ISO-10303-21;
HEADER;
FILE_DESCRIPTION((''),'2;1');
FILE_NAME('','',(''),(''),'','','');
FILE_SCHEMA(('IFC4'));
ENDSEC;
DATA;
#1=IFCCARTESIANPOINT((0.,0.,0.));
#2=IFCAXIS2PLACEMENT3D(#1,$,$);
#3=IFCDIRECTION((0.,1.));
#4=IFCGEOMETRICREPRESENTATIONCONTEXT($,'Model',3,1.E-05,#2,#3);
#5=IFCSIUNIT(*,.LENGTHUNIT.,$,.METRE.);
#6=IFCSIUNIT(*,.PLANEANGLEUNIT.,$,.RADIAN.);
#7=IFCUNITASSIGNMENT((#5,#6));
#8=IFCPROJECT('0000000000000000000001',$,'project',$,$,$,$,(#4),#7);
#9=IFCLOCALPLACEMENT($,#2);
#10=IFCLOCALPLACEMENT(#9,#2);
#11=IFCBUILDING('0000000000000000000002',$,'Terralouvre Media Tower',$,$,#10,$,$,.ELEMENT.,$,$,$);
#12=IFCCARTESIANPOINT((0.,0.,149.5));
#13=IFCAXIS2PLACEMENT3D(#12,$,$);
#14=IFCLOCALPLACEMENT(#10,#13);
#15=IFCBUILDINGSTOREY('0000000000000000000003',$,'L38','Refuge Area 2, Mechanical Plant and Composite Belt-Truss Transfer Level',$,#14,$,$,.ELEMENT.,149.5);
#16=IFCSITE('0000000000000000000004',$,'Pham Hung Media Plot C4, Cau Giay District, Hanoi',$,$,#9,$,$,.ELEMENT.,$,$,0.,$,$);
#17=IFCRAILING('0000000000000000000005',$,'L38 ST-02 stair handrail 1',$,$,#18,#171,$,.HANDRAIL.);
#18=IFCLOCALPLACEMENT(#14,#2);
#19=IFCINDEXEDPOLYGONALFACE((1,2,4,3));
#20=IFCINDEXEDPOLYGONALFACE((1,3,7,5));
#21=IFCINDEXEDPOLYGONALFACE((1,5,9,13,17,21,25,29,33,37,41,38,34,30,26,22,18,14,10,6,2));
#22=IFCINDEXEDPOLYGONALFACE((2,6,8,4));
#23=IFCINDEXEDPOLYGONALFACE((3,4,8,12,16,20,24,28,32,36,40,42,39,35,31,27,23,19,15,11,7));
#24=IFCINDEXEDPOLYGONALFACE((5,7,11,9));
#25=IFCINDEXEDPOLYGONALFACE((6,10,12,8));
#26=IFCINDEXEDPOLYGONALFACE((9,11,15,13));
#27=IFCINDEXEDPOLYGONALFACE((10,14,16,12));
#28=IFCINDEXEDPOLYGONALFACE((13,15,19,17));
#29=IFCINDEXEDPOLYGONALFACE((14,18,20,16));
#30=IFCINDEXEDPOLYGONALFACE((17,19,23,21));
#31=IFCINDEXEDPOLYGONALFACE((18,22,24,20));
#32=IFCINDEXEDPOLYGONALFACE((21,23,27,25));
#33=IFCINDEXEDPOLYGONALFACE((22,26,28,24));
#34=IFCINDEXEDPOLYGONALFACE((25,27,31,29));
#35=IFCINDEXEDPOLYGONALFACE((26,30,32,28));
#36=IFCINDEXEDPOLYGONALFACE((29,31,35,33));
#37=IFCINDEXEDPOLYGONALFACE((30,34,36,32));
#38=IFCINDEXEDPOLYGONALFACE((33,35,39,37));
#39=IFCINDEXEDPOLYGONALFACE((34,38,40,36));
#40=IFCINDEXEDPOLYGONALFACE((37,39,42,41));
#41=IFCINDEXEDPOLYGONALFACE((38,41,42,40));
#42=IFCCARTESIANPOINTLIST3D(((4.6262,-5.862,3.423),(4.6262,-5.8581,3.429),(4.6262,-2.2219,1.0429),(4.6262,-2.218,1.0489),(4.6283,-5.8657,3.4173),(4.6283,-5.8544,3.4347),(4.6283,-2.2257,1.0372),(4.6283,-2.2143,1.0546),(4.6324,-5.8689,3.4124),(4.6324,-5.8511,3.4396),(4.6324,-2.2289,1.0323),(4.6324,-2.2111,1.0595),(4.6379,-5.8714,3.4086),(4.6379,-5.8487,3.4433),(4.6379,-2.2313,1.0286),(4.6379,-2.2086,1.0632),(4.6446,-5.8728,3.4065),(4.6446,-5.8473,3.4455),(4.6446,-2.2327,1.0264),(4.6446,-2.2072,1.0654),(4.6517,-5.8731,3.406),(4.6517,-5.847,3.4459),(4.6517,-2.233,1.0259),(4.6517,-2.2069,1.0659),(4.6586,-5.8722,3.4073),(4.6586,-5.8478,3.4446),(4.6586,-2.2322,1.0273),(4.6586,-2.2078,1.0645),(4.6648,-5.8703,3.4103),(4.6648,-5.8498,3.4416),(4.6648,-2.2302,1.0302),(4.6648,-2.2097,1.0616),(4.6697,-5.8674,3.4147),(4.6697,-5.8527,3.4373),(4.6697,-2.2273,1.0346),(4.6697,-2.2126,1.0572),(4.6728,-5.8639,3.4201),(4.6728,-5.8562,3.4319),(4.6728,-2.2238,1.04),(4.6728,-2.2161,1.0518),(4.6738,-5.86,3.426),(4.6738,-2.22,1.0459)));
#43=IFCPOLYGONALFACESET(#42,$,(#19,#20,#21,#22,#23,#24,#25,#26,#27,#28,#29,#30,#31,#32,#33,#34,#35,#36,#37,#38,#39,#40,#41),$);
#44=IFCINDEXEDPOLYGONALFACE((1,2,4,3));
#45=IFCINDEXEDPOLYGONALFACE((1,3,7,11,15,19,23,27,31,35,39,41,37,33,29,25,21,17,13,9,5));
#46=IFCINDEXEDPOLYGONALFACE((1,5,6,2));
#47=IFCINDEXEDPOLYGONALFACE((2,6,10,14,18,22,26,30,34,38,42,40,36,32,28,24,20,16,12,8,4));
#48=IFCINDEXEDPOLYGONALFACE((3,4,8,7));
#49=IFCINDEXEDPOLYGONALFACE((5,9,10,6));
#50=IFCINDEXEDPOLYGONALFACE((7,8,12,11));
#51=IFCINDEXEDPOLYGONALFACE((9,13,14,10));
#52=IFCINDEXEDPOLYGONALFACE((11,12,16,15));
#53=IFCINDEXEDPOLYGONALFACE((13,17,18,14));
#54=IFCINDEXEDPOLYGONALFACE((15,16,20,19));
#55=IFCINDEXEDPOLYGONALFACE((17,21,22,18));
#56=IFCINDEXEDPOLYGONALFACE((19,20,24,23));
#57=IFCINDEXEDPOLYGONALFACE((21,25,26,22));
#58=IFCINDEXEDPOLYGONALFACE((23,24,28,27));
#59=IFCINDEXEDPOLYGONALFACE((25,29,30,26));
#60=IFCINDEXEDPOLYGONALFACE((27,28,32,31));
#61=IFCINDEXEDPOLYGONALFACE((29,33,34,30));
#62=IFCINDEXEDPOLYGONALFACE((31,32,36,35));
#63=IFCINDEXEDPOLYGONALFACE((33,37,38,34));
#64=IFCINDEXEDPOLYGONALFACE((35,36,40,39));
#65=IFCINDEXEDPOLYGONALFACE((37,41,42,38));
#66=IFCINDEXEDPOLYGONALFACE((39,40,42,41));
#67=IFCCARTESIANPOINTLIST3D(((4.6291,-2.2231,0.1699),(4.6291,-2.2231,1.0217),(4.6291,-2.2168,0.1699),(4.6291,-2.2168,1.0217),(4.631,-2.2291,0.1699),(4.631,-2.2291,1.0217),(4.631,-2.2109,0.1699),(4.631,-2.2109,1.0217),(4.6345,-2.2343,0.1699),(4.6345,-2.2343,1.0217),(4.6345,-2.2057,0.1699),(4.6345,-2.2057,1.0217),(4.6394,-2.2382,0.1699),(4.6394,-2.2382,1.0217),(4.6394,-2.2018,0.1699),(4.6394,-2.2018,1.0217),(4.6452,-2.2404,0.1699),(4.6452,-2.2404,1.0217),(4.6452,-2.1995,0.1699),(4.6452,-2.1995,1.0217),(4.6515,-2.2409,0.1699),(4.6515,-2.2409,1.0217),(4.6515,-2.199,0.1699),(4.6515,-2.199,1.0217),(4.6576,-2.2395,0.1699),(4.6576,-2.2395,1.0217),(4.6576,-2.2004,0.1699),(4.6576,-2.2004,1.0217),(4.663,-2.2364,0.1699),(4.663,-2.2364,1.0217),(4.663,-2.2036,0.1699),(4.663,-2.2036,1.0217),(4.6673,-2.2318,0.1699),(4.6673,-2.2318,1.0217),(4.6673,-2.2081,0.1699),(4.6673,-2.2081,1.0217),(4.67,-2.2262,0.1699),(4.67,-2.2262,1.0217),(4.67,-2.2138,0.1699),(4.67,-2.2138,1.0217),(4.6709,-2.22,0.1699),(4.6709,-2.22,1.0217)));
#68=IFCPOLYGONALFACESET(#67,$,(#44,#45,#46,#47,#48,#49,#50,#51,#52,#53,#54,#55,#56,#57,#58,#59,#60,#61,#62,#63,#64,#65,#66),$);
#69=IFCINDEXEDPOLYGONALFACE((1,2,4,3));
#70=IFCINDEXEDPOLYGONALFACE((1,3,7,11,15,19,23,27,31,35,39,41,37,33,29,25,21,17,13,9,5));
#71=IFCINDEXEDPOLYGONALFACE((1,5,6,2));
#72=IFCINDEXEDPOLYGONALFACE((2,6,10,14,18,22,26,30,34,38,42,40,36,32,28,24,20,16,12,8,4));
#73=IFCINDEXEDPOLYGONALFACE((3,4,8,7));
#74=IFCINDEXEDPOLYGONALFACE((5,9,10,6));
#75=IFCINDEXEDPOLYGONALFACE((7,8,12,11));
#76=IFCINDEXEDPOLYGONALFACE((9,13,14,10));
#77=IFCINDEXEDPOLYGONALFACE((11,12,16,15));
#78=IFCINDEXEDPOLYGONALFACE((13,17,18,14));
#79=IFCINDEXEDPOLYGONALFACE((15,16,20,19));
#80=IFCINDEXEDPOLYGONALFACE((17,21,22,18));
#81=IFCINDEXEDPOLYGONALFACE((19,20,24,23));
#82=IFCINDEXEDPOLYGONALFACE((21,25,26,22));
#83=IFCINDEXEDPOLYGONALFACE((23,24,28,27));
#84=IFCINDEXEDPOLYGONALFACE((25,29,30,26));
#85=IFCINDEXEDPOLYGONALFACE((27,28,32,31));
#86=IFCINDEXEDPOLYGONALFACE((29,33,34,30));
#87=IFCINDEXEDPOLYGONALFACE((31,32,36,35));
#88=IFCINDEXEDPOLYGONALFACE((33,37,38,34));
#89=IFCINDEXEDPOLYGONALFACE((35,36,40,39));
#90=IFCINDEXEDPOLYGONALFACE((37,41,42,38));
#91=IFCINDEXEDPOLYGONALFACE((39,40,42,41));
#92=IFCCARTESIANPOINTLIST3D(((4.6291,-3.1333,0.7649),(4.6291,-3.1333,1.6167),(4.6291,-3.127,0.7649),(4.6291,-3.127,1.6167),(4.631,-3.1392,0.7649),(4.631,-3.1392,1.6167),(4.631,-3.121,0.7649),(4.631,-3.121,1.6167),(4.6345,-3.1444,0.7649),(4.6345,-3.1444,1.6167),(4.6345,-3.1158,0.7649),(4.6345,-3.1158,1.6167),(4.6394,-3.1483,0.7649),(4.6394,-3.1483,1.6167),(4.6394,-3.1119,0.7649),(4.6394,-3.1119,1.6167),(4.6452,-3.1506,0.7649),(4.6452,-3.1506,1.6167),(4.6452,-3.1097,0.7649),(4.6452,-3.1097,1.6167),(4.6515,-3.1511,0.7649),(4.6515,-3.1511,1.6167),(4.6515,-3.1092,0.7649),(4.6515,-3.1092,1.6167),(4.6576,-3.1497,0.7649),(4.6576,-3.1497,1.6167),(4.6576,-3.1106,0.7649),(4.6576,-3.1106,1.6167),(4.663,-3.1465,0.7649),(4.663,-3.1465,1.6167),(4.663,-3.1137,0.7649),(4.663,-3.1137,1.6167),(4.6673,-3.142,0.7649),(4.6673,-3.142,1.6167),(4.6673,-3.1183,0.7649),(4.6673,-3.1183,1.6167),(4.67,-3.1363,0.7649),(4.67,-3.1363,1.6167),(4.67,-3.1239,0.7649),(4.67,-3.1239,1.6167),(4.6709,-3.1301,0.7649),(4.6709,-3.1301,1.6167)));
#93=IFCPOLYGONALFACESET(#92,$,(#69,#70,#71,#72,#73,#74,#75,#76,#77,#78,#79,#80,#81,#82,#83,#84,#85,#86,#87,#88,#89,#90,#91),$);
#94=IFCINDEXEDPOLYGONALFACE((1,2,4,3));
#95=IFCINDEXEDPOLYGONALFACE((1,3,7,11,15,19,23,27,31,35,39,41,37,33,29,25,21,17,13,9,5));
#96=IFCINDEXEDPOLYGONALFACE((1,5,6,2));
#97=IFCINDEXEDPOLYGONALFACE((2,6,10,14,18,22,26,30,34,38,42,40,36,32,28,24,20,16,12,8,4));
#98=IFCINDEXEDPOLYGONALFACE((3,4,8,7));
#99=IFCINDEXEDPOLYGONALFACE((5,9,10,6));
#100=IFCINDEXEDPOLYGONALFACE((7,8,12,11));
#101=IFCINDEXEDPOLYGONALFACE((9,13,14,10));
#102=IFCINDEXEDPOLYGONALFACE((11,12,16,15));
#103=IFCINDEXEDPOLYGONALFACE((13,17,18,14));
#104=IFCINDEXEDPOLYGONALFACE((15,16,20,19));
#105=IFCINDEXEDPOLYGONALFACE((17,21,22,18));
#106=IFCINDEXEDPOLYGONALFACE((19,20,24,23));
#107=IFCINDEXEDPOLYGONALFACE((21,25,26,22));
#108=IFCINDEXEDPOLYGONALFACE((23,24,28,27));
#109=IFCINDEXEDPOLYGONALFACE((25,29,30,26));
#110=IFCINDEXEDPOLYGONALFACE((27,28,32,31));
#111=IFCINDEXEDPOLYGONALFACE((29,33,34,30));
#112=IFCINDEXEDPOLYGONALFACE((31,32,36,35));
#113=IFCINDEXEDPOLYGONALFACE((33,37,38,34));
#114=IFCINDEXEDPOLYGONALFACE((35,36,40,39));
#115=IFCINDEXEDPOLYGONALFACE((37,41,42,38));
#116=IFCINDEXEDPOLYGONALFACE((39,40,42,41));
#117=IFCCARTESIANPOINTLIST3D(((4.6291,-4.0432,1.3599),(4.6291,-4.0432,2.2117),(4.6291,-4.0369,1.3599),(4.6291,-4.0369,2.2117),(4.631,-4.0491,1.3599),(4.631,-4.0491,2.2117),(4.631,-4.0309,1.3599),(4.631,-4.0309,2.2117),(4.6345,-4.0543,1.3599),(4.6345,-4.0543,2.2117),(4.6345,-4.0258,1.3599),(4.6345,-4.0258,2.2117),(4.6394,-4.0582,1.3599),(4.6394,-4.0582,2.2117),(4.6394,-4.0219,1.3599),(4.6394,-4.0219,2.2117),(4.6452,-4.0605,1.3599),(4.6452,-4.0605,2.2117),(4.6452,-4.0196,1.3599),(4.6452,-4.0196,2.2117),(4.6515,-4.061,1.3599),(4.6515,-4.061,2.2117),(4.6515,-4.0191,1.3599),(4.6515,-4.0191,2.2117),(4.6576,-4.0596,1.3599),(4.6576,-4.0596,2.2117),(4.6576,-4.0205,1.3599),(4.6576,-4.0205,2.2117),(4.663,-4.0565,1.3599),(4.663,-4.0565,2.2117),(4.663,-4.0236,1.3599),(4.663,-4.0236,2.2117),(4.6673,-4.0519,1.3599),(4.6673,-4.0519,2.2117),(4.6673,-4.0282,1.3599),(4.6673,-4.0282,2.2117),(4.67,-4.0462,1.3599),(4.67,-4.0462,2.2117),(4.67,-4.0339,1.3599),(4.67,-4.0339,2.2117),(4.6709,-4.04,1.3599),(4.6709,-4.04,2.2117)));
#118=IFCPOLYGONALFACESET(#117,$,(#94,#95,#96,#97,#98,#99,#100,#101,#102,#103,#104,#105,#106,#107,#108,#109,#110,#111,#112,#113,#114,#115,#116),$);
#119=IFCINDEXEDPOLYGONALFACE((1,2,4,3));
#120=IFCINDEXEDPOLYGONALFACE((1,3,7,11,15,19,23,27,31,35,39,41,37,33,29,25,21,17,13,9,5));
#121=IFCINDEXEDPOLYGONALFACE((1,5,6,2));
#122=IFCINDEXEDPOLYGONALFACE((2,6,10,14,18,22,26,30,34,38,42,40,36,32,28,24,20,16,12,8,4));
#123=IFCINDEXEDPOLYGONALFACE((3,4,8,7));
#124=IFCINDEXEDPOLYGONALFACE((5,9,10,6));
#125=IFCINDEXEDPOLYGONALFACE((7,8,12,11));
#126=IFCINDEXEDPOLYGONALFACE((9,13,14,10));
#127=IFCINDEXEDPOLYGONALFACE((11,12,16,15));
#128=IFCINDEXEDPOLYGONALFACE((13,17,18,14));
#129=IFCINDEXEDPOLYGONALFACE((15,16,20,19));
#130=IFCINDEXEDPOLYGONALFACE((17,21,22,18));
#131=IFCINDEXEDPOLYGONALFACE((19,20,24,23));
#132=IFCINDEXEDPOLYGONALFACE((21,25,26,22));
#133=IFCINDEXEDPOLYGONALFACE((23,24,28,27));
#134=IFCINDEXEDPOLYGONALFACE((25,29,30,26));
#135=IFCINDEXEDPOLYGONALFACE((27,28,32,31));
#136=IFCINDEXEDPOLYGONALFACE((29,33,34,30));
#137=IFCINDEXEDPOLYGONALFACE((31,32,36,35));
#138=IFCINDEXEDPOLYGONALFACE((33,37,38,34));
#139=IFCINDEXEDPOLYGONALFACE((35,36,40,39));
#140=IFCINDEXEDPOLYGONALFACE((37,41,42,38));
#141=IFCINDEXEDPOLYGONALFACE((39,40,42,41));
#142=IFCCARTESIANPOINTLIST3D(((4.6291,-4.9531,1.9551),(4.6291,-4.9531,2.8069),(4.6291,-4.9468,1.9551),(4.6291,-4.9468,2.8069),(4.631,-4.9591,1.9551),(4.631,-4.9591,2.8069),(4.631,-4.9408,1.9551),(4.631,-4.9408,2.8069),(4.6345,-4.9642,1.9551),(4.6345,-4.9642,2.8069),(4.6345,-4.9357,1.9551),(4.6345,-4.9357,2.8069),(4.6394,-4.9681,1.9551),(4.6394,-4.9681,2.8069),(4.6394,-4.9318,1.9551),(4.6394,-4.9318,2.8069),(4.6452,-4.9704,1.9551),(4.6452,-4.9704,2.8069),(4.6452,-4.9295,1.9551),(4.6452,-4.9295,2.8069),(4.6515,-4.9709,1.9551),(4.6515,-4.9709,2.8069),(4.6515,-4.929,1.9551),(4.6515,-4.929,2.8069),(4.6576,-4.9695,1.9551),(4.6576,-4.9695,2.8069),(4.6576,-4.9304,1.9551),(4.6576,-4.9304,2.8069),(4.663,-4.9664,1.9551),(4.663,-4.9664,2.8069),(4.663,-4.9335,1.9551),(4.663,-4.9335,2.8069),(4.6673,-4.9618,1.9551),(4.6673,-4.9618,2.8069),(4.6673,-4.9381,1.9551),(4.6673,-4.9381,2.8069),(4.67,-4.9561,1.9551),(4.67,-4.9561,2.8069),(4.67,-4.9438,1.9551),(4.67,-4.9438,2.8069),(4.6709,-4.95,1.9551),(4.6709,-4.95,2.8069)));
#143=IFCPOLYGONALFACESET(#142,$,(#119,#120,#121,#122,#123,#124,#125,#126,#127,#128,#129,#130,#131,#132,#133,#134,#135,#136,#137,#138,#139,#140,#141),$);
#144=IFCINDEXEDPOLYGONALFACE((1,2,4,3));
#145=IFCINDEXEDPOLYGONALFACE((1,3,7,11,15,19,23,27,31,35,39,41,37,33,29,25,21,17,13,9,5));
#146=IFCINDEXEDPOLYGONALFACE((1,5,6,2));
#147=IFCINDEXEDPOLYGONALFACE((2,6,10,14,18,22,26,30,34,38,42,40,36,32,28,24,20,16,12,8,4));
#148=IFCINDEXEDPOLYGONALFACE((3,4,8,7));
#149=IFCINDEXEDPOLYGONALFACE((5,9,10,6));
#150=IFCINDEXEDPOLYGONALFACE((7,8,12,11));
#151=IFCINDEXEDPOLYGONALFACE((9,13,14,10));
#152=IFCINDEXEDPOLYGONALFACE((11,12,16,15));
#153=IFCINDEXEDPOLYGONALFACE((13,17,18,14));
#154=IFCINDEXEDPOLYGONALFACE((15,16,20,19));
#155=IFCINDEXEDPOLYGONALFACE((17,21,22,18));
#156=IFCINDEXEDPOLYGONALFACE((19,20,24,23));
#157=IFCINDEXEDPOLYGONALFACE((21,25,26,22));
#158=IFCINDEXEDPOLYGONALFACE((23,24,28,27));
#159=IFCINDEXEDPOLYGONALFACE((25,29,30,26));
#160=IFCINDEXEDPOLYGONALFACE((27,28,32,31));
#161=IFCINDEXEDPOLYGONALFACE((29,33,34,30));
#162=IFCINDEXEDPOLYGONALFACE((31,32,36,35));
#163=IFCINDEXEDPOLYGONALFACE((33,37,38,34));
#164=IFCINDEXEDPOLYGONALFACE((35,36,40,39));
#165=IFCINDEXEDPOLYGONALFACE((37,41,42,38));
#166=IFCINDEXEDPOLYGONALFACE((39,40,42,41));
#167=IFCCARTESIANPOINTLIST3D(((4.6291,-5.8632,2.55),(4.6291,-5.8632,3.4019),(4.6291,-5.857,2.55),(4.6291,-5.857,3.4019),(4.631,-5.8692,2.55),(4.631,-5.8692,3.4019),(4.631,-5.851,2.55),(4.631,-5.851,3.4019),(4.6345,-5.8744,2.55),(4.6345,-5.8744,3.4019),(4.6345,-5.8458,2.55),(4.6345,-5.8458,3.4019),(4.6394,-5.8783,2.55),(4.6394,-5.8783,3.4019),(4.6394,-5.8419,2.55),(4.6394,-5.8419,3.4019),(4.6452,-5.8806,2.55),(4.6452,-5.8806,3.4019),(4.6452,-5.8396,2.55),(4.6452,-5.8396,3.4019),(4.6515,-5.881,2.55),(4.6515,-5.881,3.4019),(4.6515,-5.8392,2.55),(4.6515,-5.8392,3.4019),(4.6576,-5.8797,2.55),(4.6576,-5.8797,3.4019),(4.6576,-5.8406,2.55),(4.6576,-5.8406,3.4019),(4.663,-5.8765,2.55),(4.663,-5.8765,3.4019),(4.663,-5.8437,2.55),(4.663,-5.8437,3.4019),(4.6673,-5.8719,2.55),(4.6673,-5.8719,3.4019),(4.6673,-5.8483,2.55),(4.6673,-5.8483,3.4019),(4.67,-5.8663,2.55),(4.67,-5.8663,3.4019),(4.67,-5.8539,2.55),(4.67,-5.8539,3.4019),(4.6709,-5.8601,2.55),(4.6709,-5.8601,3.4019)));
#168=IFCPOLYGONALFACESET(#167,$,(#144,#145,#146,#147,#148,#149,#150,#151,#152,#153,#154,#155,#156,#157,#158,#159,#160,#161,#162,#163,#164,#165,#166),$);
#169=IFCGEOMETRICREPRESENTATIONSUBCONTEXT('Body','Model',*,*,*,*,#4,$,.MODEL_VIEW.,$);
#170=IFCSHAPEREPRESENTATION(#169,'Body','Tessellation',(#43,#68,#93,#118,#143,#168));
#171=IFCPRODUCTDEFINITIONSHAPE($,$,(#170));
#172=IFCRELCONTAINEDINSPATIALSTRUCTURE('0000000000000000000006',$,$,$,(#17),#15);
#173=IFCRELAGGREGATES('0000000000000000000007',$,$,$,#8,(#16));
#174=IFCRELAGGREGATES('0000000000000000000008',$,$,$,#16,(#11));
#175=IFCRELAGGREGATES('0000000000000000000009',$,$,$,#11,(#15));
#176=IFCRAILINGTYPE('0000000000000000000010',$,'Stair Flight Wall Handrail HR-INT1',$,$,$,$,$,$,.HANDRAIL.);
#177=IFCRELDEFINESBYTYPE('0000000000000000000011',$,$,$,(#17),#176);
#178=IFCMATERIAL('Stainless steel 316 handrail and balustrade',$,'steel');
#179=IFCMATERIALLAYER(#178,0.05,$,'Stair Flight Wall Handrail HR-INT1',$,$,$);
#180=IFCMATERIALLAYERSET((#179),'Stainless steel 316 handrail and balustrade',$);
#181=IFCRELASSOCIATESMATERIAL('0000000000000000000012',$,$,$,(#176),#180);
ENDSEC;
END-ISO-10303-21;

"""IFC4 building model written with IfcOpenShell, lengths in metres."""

from ifc_helpers import new_model, si_unit, direction, frame, origin, origin_2d, place, context, subcontext, project, spatial, circle, extrude, material, layer, layer_set, type_object, element, save


model = new_model("IFC4")

# Units and contexts
model_context = context("Model", 3, precision=1e-05, world=origin(), true_north=direction((0.0, 1.0)))
body_context = subcontext(model_context, "Body", "Model", "MODEL_VIEW")
ifc_project = project(units=[si_unit("LENGTHUNIT", "METRE"), si_unit("PLANEANGLEUNIT", "RADIAN")], contexts=[model_context])

# Site, building, storey
site_placement = place(None, origin())
site = spatial("IfcSite", under=ifc_project, at=site_placement, Name="Pham Hung Media Plot C4, Cau Giay District, Hanoi", CompositionType="ELEMENT", RefElevation=0.0)
building_placement = place(site_placement, origin())
building = spatial("IfcBuilding", under=site, at=building_placement, Name="Terralouvre Media Tower", CompositionType="ELEMENT")
storey_placement = place(building_placement, frame((0.0, 0.0, 149.5)))
storey = spatial("IfcBuildingStorey", under=building, at=storey_placement, Name="L38", Description="Refuge Area 2, Mechanical Plant and Composite Belt-Truss Transfer Level", CompositionType="ELEMENT", Elevation=149.5)

# Railing
ifc_material_1 = material(Name="Stainless steel 316 handrail and balustrade", Category="steel")
ifc_layer_1 = layer(ifc_material_1, 0.05, Name="Stair Flight Wall Handrail HR-INT1")
ifc_layer_set_1 = layer_set([ifc_layer_1], Name="Stainless steel 316 handrail and balustrade")
railing_type_1 = type_object("IfcRailingType", Name="Stair Flight Wall Handrail HR-INT1", PredefinedType="HANDRAIL", material=ifc_layer_set_1)
railing_1_placement = place(storey_placement, frame((4.6499, -2.22, 0.1699)))
element("IfcRailing", 1, at=railing_1_placement, inside=storey, type_object=railing_type_1, Name="L38 ST-02 stair handrail 1", PredefinedType="HANDRAIL", context=body_context, shape_type="SweptSolid", body=[
    extrude(circle(Radius=0.0239, at=origin_2d()), frame((0.0, 0.0, 0.876), z_axis=(0.0, -0.836966, 0.547255), x_axis=(1.0, 0.0, 0.0)), (0.0, 0.0, 1.0), 4.3491),
    extrude(circle(Radius=0.021, at=origin_2d()), origin(), (0.0, 0.0, 1.0), 0.8518),
    extrude(circle(Radius=0.021, at=origin_2d()), frame((0.0, -0.9102, 0.595)), (0.0, 0.0, 1.0), 0.8518),
    extrude(circle(Radius=0.021, at=origin_2d()), frame((0.0, -1.8201, 1.1899)), (0.0, 0.0, 1.0), 0.8518),
    extrude(circle(Radius=0.021, at=origin_2d()), frame((0.0, -2.73, 1.7852)), (0.0, 0.0, 1.0), 0.8518),
    extrude(circle(Radius=0.021, at=origin_2d()), frame((0.0, -3.6401, 2.3801)), (0.0, 0.0, 1.0), 0.8518),
])

save(model, "model.ifc")
